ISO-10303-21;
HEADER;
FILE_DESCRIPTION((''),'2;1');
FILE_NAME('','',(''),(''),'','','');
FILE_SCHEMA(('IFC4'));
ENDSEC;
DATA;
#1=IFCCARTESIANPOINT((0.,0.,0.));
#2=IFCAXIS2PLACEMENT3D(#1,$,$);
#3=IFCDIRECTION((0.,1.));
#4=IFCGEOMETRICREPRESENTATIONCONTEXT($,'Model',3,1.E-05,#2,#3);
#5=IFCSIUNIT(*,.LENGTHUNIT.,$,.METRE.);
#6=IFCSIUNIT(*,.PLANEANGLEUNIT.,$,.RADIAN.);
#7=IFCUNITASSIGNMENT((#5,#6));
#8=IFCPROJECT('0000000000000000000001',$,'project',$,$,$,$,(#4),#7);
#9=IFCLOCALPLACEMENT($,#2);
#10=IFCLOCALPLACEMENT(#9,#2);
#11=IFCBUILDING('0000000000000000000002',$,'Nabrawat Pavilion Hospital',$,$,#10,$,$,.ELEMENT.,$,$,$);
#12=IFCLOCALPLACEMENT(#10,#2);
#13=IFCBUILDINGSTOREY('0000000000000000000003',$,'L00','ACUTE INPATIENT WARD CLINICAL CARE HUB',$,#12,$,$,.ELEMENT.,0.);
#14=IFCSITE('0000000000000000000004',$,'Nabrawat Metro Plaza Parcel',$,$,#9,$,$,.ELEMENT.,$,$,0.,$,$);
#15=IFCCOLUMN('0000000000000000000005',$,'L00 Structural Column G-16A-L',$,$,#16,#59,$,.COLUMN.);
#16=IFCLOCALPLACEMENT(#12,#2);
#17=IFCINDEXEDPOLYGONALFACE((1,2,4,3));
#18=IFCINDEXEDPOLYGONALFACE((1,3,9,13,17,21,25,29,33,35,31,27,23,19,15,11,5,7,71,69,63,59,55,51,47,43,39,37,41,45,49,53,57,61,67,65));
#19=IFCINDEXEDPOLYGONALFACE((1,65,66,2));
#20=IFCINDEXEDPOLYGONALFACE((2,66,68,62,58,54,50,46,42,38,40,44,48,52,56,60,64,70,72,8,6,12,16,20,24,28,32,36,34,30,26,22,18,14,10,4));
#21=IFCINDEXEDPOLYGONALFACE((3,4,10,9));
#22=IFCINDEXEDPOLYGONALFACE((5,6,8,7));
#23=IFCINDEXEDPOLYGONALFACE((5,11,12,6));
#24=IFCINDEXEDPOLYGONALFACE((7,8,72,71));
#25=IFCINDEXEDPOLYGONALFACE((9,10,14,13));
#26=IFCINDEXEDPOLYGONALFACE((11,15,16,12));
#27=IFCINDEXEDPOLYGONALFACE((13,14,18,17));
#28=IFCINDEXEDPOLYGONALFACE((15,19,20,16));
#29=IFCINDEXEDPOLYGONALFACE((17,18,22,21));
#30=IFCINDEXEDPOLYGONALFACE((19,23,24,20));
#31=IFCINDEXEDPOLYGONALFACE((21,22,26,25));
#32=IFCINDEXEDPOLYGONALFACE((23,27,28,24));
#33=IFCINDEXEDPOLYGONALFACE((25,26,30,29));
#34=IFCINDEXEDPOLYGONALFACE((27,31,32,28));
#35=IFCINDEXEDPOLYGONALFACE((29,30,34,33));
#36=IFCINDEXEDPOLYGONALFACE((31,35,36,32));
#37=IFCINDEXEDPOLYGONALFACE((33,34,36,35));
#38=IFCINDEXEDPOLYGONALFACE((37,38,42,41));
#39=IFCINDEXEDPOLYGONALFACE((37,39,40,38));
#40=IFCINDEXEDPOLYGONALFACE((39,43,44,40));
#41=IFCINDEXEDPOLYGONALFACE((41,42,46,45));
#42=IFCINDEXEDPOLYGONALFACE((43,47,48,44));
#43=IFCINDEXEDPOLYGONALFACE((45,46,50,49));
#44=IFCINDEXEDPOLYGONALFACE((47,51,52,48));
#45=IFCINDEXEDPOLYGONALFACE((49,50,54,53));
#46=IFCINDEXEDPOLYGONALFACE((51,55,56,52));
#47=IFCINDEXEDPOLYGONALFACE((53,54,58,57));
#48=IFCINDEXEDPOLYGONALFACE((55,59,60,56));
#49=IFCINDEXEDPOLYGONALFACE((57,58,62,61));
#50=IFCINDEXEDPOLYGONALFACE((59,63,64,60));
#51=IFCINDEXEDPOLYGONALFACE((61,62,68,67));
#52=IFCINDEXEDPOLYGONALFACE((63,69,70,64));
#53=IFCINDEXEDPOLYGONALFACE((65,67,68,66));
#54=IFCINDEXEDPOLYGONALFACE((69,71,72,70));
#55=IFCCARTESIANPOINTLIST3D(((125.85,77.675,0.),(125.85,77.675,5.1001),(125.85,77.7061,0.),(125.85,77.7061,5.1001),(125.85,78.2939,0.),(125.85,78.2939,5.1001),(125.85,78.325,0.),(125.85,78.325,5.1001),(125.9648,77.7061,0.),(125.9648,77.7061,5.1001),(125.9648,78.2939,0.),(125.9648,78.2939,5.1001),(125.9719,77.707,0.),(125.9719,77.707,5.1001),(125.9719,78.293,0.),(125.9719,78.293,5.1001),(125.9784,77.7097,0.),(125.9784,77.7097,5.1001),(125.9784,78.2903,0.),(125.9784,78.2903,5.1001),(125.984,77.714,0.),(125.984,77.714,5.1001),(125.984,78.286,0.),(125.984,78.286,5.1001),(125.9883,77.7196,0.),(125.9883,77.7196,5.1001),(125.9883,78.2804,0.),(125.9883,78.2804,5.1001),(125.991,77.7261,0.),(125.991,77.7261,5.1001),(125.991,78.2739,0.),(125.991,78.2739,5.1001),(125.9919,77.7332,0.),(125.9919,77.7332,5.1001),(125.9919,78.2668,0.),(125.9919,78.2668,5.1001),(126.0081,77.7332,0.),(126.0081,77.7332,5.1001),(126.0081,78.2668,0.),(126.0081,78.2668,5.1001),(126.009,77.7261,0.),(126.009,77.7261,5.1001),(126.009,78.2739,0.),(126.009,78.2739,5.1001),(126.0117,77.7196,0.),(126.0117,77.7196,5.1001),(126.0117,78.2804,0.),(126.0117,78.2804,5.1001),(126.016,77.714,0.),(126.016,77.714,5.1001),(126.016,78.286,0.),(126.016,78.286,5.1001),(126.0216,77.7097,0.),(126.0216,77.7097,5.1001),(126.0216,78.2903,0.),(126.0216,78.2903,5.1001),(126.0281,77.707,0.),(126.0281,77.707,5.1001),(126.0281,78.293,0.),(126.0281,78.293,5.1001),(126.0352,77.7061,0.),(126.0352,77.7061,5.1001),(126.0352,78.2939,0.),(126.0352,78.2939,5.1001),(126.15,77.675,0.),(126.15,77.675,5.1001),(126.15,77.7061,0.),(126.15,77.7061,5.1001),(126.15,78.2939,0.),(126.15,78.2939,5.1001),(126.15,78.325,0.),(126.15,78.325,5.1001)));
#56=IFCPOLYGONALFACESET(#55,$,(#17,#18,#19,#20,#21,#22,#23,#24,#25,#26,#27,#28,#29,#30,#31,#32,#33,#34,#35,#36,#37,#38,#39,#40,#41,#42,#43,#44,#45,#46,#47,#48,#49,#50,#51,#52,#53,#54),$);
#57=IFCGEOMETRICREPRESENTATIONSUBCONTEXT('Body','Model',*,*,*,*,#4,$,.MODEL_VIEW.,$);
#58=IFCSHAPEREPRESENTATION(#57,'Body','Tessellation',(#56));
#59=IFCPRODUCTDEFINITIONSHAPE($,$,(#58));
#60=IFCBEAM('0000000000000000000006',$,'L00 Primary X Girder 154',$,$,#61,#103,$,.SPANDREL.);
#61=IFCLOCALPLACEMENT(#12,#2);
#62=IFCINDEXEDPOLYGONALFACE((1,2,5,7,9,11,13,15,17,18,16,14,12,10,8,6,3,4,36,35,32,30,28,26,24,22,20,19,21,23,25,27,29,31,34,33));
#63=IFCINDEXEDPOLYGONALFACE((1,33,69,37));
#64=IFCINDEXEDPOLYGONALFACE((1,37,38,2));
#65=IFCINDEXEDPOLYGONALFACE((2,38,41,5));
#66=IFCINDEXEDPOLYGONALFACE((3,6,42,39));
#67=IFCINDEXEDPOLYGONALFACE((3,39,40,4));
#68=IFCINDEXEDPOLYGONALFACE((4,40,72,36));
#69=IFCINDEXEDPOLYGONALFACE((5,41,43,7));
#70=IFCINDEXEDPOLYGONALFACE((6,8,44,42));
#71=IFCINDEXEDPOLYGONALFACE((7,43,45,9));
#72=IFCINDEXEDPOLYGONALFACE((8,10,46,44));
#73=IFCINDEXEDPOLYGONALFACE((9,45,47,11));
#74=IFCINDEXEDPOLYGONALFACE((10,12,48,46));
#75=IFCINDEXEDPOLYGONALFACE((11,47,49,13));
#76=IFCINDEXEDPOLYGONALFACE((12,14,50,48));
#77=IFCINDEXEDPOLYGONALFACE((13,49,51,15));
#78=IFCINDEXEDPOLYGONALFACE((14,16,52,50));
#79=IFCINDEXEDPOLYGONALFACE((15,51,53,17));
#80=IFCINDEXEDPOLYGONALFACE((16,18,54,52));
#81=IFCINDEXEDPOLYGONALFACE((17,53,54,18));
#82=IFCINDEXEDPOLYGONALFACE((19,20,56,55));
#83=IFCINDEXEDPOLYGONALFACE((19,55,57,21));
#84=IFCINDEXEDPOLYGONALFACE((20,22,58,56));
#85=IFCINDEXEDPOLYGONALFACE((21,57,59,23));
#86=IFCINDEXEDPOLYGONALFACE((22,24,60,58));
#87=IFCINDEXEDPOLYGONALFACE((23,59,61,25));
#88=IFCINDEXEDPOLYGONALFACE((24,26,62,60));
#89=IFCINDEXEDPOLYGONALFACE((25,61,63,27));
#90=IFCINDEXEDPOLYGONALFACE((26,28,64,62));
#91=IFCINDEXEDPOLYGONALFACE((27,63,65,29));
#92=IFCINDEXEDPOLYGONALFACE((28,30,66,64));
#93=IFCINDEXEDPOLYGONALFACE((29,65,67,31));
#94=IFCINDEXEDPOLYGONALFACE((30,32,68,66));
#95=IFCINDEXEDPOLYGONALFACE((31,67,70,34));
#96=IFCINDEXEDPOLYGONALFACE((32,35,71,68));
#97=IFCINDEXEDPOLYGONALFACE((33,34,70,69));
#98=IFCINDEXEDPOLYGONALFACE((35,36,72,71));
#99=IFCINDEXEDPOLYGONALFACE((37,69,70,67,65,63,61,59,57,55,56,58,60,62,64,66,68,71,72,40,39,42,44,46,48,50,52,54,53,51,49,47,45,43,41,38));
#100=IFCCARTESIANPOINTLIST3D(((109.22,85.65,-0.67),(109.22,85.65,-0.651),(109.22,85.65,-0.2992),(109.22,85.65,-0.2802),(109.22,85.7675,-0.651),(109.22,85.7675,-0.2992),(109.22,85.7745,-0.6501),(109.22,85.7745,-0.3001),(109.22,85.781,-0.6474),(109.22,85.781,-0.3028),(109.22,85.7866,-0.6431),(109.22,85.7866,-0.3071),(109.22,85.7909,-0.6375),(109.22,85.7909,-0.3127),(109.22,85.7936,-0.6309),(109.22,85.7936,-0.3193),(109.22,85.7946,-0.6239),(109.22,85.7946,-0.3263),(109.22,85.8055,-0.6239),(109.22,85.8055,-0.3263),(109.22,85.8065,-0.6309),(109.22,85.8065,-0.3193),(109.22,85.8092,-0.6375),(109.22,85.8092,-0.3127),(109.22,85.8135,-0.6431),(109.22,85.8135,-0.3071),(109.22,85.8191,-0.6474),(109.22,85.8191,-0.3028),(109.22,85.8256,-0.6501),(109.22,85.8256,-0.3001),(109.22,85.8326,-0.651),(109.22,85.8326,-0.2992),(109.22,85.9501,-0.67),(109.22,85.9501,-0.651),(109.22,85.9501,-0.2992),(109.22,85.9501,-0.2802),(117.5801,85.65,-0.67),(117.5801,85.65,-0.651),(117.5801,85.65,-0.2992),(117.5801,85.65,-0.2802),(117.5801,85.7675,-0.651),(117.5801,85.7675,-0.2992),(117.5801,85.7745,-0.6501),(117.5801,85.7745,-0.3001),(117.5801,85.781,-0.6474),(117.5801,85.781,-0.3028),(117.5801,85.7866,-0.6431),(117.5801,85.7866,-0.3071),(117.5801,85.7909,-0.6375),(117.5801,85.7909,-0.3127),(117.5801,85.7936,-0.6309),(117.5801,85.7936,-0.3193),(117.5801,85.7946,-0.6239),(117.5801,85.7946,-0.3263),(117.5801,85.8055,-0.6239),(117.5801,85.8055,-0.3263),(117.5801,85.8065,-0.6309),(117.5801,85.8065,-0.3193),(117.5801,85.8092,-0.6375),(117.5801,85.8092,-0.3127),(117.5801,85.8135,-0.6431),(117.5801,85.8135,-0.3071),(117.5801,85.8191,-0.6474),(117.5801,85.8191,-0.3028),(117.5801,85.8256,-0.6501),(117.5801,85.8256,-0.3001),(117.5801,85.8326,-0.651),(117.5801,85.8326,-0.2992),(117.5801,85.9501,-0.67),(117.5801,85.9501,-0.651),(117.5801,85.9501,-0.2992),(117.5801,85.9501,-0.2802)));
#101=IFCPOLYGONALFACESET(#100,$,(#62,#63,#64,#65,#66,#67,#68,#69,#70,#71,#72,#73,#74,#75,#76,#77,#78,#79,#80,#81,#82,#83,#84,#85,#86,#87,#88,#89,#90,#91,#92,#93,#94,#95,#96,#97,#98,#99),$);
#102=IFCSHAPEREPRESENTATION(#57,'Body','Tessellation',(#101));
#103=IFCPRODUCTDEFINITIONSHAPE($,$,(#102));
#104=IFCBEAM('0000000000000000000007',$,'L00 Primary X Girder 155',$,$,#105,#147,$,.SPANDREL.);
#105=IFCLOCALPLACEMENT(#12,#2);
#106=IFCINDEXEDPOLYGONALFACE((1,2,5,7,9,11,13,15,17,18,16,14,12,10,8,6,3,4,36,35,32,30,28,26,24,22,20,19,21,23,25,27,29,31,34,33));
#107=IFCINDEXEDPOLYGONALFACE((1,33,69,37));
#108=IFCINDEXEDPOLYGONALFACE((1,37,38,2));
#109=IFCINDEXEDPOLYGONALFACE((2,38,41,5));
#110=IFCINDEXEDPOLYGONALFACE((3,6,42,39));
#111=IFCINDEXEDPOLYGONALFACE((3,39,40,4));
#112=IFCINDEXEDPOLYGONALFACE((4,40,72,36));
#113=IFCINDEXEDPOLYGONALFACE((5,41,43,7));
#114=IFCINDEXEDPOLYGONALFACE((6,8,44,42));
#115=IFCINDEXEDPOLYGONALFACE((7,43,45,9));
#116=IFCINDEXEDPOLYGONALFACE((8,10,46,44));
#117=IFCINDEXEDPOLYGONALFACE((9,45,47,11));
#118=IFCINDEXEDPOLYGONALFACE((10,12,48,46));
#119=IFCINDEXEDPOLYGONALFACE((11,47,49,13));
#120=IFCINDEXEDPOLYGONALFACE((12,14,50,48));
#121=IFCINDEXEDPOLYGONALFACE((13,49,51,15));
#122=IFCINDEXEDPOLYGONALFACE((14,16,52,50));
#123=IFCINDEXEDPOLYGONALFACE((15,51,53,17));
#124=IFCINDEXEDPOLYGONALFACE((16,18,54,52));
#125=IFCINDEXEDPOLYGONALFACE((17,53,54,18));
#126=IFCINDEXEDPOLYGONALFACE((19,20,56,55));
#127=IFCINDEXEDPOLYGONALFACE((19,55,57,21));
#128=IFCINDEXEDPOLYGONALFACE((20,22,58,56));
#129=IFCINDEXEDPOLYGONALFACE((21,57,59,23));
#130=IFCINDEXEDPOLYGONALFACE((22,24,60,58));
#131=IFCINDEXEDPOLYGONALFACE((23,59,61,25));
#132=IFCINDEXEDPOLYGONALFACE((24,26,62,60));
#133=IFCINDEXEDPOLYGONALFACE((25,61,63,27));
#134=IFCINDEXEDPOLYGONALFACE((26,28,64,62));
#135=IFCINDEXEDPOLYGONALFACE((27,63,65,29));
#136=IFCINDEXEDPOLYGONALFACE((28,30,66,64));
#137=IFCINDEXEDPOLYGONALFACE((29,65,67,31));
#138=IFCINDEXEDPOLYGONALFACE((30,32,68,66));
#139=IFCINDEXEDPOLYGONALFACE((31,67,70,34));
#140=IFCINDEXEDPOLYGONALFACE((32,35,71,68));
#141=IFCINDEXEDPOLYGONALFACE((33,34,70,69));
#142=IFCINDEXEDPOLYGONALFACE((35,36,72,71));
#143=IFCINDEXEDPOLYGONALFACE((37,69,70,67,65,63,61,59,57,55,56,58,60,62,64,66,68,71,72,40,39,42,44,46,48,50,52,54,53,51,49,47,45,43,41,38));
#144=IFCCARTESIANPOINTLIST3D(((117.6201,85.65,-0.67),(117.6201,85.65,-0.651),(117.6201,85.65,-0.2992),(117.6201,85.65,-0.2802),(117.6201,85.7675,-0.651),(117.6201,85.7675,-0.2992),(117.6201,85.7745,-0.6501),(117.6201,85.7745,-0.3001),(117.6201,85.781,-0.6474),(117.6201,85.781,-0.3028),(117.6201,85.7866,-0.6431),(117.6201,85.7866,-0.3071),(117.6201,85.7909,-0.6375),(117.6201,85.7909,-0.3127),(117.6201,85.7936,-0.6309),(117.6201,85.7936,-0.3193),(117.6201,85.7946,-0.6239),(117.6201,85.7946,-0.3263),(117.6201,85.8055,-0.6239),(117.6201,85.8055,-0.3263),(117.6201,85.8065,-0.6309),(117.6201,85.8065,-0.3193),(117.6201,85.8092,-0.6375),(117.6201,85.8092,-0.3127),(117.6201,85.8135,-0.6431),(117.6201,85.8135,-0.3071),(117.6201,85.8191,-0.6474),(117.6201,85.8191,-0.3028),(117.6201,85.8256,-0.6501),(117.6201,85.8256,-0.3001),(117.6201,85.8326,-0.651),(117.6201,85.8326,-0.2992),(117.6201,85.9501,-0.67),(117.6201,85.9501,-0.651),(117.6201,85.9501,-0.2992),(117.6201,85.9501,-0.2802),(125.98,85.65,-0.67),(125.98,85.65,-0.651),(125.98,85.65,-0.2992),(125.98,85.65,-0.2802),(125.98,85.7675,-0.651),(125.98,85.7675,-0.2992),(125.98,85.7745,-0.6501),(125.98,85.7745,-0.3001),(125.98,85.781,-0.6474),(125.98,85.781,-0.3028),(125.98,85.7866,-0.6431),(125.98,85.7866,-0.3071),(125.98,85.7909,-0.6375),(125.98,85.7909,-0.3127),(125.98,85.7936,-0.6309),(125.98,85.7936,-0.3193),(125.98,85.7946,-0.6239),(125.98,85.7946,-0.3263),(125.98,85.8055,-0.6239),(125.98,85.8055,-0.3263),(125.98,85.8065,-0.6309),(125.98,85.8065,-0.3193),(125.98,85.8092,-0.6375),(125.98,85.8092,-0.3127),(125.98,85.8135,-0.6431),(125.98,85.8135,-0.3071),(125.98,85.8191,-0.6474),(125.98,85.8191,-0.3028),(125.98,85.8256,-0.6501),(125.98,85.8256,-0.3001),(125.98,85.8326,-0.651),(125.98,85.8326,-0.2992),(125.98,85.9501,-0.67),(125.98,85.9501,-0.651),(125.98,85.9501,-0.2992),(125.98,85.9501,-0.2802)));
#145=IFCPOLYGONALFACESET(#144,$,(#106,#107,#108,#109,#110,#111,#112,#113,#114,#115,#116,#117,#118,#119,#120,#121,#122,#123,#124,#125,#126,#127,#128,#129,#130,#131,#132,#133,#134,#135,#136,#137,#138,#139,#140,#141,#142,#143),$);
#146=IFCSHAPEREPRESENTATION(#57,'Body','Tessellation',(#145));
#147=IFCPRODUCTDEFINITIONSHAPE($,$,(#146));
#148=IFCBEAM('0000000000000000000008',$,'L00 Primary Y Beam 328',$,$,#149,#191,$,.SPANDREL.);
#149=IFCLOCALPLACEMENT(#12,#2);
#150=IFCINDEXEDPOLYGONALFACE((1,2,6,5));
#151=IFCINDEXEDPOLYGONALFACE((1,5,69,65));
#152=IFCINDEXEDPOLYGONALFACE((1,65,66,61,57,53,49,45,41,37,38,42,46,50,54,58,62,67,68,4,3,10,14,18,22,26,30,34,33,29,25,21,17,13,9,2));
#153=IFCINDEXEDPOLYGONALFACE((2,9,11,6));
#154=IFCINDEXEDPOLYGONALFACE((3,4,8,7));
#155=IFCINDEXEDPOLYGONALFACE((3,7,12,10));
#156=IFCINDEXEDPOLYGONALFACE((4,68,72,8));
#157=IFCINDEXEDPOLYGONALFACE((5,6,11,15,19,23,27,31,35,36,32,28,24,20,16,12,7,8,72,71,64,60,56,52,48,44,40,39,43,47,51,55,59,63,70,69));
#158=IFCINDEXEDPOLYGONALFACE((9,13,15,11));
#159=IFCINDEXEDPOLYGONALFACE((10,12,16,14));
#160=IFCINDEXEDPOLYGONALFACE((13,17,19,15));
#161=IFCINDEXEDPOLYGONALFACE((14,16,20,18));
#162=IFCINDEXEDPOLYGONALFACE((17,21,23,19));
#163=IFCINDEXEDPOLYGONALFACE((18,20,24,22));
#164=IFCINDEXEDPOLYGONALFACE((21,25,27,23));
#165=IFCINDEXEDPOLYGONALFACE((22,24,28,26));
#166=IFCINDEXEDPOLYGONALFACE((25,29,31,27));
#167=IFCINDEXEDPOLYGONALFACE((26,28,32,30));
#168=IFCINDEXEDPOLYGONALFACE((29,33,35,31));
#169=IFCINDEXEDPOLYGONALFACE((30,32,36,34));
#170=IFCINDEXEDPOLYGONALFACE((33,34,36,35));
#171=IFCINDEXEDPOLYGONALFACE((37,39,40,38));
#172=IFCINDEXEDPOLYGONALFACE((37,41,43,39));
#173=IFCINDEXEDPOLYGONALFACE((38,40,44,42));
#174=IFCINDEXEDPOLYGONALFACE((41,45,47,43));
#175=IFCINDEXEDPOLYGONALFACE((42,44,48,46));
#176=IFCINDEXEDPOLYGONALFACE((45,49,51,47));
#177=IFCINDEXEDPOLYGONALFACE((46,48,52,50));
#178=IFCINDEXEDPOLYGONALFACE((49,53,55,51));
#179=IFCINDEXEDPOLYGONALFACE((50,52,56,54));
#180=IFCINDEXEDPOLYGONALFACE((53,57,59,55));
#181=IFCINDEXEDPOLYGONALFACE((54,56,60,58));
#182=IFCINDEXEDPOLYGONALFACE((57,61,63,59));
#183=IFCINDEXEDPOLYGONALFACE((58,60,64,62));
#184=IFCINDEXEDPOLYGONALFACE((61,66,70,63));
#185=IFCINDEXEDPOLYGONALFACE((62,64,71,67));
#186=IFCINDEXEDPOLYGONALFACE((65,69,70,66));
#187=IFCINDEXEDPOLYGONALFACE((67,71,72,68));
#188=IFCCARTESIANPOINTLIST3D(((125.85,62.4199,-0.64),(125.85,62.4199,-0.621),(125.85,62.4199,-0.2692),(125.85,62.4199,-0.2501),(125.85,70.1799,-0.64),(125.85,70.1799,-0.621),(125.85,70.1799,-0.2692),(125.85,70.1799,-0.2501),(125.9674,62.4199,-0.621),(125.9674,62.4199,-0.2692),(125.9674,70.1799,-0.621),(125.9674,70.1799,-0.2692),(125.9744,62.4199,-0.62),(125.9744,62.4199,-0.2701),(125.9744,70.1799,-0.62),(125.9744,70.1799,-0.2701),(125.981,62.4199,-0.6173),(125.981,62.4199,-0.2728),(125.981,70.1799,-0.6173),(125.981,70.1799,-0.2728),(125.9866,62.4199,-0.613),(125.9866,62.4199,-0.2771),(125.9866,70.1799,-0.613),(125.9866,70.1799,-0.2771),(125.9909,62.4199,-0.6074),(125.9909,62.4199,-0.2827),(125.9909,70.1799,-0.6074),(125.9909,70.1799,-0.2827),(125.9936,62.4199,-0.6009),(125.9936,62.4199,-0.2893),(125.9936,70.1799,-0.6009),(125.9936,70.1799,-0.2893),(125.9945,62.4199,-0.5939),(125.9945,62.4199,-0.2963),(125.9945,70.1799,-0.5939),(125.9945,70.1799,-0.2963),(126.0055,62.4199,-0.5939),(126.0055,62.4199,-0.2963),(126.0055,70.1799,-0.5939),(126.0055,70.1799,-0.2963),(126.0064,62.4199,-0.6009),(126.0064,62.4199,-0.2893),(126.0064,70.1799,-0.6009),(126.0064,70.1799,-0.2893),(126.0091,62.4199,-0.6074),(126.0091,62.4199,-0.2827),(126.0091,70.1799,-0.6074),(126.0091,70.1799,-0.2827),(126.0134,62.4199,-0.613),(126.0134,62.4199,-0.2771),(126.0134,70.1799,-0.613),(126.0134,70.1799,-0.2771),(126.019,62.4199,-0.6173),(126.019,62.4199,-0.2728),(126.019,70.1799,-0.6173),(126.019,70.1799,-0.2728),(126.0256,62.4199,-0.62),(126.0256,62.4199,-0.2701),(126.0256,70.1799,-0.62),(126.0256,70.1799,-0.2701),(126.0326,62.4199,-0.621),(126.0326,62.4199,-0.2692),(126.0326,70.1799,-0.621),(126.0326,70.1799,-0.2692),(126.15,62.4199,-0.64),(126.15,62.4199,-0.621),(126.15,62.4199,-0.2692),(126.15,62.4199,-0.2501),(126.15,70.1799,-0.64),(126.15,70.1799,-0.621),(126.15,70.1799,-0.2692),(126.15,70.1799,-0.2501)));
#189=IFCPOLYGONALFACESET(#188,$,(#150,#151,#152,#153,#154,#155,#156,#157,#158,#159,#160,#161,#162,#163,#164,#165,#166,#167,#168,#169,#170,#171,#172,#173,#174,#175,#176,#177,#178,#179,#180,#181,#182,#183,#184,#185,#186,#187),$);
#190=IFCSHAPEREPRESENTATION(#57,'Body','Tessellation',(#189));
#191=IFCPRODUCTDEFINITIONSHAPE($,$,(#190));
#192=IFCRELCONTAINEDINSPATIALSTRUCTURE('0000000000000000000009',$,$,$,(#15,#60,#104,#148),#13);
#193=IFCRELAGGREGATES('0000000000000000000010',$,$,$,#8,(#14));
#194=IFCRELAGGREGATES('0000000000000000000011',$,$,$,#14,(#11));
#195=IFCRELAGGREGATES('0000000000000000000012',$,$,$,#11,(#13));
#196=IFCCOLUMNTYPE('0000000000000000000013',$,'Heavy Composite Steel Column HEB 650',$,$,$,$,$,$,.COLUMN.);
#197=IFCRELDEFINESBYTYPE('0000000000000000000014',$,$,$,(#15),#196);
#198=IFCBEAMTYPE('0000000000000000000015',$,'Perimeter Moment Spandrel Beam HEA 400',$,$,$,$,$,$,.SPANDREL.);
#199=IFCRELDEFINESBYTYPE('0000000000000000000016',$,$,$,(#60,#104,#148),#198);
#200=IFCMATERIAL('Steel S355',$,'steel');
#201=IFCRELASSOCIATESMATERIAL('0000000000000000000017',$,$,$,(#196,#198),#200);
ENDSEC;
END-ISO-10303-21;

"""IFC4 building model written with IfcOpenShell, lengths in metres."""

from ifc_helpers import new_model, si_unit, direction, frame, origin, origin_2d, place, context, subcontext, project, spatial, i_section, extrude, material, material_profile, profile_set, type_object, element, save


model = new_model("IFC4")

# Units and contexts
model_context = context("Model", 3, precision=1e-05, world=origin(), true_north=direction((0.0, 1.0)))
body_context = subcontext(model_context, "Body", "Model", "MODEL_VIEW")
ifc_project = project(units=[si_unit("LENGTHUNIT", "METRE"), si_unit("PLANEANGLEUNIT", "RADIAN")], contexts=[model_context])

# Site, building, storey
site_placement = place(None, origin())
site = spatial("IfcSite", under=ifc_project, at=site_placement, Name="Nabrawat Metro Plaza Parcel", CompositionType="ELEMENT", RefElevation=0.0)
building_placement = place(site_placement, origin())
building = spatial("IfcBuilding", under=site, at=building_placement, Name="Nabrawat Pavilion Hospital", CompositionType="ELEMENT")
storey_placement = place(building_placement, origin())
storey = spatial("IfcBuildingStorey", under=building, at=storey_placement, Name="L00", Description="ACUTE INPATIENT WARD CLINICAL CARE HUB", CompositionType="ELEMENT", Elevation=0.0)

# Column
ifc_material_1 = material(Name="Steel S355", Category="steel")
ifc_material_profile_1 = material_profile(ifc_material_1, i_section(OverallWidth=0.3, OverallDepth=0.6499, WebThickness=0.0161, FlangeThickness=0.031, FilletRadius=0.0271, at=origin_2d()), Name="HEB 650")
ifc_profile_set_1 = profile_set([ifc_material_profile_1], Name="Steel S355")
column_type_1 = type_object("IfcColumnType", Name="Heavy Composite Steel Column HEB 650", PredefinedType="COLUMN", material=ifc_profile_set_1)
for number, where, z_axis, x_axis, name in (
    (1, (126.0, 78.0, 0.0), (0.0, 0.0, 1.0), (1.0, 0.0, 0.0), "L00 Structural Column G-16A-L"),
):
    element("IfcColumn", number, at=place(storey_placement, frame(where, z_axis=z_axis, x_axis=x_axis)), inside=storey, type_object=column_type_1, Name=name, PredefinedType="COLUMN", context=body_context, shape_type="SweptSolid", body=[
        extrude(i_section(OverallWidth=0.3, OverallDepth=0.6499, WebThickness=0.0161, FlangeThickness=0.031, FilletRadius=0.0271, at=origin_2d()), origin(), (0.0, 0.0, 1.0), 5.1001),
    ])

# Beams
ifc_material_profile_2 = material_profile(ifc_material_1, i_section(OverallWidth=0.3, OverallDepth=0.3899, WebThickness=0.011, FlangeThickness=0.019, FilletRadius=0.0271, at=origin_2d()), Name="HEA 400")
ifc_profile_set_2 = profile_set([ifc_material_profile_2], Name="Steel S355")
beam_type_1 = type_object("IfcBeamType", Name="Perimeter Moment Spandrel Beam HEA 400", PredefinedType="SPANDREL", material=ifc_profile_set_2)
beam_1_placement = place(storey_placement, frame((109.22, 85.8, -0.4751), z_axis=(1.0, 0.0, 0.0), x_axis=(0.0, 1.0, 0.0)))
element("IfcBeam", 2, at=beam_1_placement, inside=storey, type_object=beam_type_1, Name="L00 Primary X Girder 154", PredefinedType="SPANDREL", context=body_context, shape_type="SweptSolid", body=[
    extrude(i_section(OverallWidth=0.3, OverallDepth=0.3899, WebThickness=0.011, FlangeThickness=0.019, FilletRadius=0.0271, at=origin_2d()), origin(), (0.0, 0.0, 1.0), 8.3601),
])
beam_2_placement = place(storey_placement, frame((117.6201, 85.8, -0.4751), z_axis=(1.0, 0.0, 0.0), x_axis=(0.0, 1.0, 0.0)))
element("IfcBeam", 3, at=beam_2_placement, inside=storey, type_object=beam_type_1, Name="L00 Primary X Girder 155", PredefinedType="SPANDREL", context=body_context, shape_type="SweptSolid", body=[
    extrude(i_section(OverallWidth=0.3, OverallDepth=0.3899, WebThickness=0.011, FlangeThickness=0.019, FilletRadius=0.0271, at=origin_2d()), origin(), (0.0, 0.0, 1.0), 8.3599),
])
for number, where, z_axis, x_axis, name in (
    (4, (126.0, 62.4199, -0.4451), (0.0, 1.0, 0.0), (-1.0, 0.0, 0.0), "L00 Primary Y Beam 328"),
):
    element("IfcBeam", number, at=place(storey_placement, frame(where, z_axis=z_axis, x_axis=x_axis)), inside=storey, type_object=beam_type_1, Name=name, PredefinedType="SPANDREL", context=body_context, shape_type="SweptSolid", body=[
        extrude(i_section(OverallWidth=0.3, OverallDepth=0.3899, WebThickness=0.011, FlangeThickness=0.019, FilletRadius=0.0271, at=origin_2d()), origin(), (0.0, 0.0, 1.0), 7.76),
    ])

save(model, "model.ifc")
